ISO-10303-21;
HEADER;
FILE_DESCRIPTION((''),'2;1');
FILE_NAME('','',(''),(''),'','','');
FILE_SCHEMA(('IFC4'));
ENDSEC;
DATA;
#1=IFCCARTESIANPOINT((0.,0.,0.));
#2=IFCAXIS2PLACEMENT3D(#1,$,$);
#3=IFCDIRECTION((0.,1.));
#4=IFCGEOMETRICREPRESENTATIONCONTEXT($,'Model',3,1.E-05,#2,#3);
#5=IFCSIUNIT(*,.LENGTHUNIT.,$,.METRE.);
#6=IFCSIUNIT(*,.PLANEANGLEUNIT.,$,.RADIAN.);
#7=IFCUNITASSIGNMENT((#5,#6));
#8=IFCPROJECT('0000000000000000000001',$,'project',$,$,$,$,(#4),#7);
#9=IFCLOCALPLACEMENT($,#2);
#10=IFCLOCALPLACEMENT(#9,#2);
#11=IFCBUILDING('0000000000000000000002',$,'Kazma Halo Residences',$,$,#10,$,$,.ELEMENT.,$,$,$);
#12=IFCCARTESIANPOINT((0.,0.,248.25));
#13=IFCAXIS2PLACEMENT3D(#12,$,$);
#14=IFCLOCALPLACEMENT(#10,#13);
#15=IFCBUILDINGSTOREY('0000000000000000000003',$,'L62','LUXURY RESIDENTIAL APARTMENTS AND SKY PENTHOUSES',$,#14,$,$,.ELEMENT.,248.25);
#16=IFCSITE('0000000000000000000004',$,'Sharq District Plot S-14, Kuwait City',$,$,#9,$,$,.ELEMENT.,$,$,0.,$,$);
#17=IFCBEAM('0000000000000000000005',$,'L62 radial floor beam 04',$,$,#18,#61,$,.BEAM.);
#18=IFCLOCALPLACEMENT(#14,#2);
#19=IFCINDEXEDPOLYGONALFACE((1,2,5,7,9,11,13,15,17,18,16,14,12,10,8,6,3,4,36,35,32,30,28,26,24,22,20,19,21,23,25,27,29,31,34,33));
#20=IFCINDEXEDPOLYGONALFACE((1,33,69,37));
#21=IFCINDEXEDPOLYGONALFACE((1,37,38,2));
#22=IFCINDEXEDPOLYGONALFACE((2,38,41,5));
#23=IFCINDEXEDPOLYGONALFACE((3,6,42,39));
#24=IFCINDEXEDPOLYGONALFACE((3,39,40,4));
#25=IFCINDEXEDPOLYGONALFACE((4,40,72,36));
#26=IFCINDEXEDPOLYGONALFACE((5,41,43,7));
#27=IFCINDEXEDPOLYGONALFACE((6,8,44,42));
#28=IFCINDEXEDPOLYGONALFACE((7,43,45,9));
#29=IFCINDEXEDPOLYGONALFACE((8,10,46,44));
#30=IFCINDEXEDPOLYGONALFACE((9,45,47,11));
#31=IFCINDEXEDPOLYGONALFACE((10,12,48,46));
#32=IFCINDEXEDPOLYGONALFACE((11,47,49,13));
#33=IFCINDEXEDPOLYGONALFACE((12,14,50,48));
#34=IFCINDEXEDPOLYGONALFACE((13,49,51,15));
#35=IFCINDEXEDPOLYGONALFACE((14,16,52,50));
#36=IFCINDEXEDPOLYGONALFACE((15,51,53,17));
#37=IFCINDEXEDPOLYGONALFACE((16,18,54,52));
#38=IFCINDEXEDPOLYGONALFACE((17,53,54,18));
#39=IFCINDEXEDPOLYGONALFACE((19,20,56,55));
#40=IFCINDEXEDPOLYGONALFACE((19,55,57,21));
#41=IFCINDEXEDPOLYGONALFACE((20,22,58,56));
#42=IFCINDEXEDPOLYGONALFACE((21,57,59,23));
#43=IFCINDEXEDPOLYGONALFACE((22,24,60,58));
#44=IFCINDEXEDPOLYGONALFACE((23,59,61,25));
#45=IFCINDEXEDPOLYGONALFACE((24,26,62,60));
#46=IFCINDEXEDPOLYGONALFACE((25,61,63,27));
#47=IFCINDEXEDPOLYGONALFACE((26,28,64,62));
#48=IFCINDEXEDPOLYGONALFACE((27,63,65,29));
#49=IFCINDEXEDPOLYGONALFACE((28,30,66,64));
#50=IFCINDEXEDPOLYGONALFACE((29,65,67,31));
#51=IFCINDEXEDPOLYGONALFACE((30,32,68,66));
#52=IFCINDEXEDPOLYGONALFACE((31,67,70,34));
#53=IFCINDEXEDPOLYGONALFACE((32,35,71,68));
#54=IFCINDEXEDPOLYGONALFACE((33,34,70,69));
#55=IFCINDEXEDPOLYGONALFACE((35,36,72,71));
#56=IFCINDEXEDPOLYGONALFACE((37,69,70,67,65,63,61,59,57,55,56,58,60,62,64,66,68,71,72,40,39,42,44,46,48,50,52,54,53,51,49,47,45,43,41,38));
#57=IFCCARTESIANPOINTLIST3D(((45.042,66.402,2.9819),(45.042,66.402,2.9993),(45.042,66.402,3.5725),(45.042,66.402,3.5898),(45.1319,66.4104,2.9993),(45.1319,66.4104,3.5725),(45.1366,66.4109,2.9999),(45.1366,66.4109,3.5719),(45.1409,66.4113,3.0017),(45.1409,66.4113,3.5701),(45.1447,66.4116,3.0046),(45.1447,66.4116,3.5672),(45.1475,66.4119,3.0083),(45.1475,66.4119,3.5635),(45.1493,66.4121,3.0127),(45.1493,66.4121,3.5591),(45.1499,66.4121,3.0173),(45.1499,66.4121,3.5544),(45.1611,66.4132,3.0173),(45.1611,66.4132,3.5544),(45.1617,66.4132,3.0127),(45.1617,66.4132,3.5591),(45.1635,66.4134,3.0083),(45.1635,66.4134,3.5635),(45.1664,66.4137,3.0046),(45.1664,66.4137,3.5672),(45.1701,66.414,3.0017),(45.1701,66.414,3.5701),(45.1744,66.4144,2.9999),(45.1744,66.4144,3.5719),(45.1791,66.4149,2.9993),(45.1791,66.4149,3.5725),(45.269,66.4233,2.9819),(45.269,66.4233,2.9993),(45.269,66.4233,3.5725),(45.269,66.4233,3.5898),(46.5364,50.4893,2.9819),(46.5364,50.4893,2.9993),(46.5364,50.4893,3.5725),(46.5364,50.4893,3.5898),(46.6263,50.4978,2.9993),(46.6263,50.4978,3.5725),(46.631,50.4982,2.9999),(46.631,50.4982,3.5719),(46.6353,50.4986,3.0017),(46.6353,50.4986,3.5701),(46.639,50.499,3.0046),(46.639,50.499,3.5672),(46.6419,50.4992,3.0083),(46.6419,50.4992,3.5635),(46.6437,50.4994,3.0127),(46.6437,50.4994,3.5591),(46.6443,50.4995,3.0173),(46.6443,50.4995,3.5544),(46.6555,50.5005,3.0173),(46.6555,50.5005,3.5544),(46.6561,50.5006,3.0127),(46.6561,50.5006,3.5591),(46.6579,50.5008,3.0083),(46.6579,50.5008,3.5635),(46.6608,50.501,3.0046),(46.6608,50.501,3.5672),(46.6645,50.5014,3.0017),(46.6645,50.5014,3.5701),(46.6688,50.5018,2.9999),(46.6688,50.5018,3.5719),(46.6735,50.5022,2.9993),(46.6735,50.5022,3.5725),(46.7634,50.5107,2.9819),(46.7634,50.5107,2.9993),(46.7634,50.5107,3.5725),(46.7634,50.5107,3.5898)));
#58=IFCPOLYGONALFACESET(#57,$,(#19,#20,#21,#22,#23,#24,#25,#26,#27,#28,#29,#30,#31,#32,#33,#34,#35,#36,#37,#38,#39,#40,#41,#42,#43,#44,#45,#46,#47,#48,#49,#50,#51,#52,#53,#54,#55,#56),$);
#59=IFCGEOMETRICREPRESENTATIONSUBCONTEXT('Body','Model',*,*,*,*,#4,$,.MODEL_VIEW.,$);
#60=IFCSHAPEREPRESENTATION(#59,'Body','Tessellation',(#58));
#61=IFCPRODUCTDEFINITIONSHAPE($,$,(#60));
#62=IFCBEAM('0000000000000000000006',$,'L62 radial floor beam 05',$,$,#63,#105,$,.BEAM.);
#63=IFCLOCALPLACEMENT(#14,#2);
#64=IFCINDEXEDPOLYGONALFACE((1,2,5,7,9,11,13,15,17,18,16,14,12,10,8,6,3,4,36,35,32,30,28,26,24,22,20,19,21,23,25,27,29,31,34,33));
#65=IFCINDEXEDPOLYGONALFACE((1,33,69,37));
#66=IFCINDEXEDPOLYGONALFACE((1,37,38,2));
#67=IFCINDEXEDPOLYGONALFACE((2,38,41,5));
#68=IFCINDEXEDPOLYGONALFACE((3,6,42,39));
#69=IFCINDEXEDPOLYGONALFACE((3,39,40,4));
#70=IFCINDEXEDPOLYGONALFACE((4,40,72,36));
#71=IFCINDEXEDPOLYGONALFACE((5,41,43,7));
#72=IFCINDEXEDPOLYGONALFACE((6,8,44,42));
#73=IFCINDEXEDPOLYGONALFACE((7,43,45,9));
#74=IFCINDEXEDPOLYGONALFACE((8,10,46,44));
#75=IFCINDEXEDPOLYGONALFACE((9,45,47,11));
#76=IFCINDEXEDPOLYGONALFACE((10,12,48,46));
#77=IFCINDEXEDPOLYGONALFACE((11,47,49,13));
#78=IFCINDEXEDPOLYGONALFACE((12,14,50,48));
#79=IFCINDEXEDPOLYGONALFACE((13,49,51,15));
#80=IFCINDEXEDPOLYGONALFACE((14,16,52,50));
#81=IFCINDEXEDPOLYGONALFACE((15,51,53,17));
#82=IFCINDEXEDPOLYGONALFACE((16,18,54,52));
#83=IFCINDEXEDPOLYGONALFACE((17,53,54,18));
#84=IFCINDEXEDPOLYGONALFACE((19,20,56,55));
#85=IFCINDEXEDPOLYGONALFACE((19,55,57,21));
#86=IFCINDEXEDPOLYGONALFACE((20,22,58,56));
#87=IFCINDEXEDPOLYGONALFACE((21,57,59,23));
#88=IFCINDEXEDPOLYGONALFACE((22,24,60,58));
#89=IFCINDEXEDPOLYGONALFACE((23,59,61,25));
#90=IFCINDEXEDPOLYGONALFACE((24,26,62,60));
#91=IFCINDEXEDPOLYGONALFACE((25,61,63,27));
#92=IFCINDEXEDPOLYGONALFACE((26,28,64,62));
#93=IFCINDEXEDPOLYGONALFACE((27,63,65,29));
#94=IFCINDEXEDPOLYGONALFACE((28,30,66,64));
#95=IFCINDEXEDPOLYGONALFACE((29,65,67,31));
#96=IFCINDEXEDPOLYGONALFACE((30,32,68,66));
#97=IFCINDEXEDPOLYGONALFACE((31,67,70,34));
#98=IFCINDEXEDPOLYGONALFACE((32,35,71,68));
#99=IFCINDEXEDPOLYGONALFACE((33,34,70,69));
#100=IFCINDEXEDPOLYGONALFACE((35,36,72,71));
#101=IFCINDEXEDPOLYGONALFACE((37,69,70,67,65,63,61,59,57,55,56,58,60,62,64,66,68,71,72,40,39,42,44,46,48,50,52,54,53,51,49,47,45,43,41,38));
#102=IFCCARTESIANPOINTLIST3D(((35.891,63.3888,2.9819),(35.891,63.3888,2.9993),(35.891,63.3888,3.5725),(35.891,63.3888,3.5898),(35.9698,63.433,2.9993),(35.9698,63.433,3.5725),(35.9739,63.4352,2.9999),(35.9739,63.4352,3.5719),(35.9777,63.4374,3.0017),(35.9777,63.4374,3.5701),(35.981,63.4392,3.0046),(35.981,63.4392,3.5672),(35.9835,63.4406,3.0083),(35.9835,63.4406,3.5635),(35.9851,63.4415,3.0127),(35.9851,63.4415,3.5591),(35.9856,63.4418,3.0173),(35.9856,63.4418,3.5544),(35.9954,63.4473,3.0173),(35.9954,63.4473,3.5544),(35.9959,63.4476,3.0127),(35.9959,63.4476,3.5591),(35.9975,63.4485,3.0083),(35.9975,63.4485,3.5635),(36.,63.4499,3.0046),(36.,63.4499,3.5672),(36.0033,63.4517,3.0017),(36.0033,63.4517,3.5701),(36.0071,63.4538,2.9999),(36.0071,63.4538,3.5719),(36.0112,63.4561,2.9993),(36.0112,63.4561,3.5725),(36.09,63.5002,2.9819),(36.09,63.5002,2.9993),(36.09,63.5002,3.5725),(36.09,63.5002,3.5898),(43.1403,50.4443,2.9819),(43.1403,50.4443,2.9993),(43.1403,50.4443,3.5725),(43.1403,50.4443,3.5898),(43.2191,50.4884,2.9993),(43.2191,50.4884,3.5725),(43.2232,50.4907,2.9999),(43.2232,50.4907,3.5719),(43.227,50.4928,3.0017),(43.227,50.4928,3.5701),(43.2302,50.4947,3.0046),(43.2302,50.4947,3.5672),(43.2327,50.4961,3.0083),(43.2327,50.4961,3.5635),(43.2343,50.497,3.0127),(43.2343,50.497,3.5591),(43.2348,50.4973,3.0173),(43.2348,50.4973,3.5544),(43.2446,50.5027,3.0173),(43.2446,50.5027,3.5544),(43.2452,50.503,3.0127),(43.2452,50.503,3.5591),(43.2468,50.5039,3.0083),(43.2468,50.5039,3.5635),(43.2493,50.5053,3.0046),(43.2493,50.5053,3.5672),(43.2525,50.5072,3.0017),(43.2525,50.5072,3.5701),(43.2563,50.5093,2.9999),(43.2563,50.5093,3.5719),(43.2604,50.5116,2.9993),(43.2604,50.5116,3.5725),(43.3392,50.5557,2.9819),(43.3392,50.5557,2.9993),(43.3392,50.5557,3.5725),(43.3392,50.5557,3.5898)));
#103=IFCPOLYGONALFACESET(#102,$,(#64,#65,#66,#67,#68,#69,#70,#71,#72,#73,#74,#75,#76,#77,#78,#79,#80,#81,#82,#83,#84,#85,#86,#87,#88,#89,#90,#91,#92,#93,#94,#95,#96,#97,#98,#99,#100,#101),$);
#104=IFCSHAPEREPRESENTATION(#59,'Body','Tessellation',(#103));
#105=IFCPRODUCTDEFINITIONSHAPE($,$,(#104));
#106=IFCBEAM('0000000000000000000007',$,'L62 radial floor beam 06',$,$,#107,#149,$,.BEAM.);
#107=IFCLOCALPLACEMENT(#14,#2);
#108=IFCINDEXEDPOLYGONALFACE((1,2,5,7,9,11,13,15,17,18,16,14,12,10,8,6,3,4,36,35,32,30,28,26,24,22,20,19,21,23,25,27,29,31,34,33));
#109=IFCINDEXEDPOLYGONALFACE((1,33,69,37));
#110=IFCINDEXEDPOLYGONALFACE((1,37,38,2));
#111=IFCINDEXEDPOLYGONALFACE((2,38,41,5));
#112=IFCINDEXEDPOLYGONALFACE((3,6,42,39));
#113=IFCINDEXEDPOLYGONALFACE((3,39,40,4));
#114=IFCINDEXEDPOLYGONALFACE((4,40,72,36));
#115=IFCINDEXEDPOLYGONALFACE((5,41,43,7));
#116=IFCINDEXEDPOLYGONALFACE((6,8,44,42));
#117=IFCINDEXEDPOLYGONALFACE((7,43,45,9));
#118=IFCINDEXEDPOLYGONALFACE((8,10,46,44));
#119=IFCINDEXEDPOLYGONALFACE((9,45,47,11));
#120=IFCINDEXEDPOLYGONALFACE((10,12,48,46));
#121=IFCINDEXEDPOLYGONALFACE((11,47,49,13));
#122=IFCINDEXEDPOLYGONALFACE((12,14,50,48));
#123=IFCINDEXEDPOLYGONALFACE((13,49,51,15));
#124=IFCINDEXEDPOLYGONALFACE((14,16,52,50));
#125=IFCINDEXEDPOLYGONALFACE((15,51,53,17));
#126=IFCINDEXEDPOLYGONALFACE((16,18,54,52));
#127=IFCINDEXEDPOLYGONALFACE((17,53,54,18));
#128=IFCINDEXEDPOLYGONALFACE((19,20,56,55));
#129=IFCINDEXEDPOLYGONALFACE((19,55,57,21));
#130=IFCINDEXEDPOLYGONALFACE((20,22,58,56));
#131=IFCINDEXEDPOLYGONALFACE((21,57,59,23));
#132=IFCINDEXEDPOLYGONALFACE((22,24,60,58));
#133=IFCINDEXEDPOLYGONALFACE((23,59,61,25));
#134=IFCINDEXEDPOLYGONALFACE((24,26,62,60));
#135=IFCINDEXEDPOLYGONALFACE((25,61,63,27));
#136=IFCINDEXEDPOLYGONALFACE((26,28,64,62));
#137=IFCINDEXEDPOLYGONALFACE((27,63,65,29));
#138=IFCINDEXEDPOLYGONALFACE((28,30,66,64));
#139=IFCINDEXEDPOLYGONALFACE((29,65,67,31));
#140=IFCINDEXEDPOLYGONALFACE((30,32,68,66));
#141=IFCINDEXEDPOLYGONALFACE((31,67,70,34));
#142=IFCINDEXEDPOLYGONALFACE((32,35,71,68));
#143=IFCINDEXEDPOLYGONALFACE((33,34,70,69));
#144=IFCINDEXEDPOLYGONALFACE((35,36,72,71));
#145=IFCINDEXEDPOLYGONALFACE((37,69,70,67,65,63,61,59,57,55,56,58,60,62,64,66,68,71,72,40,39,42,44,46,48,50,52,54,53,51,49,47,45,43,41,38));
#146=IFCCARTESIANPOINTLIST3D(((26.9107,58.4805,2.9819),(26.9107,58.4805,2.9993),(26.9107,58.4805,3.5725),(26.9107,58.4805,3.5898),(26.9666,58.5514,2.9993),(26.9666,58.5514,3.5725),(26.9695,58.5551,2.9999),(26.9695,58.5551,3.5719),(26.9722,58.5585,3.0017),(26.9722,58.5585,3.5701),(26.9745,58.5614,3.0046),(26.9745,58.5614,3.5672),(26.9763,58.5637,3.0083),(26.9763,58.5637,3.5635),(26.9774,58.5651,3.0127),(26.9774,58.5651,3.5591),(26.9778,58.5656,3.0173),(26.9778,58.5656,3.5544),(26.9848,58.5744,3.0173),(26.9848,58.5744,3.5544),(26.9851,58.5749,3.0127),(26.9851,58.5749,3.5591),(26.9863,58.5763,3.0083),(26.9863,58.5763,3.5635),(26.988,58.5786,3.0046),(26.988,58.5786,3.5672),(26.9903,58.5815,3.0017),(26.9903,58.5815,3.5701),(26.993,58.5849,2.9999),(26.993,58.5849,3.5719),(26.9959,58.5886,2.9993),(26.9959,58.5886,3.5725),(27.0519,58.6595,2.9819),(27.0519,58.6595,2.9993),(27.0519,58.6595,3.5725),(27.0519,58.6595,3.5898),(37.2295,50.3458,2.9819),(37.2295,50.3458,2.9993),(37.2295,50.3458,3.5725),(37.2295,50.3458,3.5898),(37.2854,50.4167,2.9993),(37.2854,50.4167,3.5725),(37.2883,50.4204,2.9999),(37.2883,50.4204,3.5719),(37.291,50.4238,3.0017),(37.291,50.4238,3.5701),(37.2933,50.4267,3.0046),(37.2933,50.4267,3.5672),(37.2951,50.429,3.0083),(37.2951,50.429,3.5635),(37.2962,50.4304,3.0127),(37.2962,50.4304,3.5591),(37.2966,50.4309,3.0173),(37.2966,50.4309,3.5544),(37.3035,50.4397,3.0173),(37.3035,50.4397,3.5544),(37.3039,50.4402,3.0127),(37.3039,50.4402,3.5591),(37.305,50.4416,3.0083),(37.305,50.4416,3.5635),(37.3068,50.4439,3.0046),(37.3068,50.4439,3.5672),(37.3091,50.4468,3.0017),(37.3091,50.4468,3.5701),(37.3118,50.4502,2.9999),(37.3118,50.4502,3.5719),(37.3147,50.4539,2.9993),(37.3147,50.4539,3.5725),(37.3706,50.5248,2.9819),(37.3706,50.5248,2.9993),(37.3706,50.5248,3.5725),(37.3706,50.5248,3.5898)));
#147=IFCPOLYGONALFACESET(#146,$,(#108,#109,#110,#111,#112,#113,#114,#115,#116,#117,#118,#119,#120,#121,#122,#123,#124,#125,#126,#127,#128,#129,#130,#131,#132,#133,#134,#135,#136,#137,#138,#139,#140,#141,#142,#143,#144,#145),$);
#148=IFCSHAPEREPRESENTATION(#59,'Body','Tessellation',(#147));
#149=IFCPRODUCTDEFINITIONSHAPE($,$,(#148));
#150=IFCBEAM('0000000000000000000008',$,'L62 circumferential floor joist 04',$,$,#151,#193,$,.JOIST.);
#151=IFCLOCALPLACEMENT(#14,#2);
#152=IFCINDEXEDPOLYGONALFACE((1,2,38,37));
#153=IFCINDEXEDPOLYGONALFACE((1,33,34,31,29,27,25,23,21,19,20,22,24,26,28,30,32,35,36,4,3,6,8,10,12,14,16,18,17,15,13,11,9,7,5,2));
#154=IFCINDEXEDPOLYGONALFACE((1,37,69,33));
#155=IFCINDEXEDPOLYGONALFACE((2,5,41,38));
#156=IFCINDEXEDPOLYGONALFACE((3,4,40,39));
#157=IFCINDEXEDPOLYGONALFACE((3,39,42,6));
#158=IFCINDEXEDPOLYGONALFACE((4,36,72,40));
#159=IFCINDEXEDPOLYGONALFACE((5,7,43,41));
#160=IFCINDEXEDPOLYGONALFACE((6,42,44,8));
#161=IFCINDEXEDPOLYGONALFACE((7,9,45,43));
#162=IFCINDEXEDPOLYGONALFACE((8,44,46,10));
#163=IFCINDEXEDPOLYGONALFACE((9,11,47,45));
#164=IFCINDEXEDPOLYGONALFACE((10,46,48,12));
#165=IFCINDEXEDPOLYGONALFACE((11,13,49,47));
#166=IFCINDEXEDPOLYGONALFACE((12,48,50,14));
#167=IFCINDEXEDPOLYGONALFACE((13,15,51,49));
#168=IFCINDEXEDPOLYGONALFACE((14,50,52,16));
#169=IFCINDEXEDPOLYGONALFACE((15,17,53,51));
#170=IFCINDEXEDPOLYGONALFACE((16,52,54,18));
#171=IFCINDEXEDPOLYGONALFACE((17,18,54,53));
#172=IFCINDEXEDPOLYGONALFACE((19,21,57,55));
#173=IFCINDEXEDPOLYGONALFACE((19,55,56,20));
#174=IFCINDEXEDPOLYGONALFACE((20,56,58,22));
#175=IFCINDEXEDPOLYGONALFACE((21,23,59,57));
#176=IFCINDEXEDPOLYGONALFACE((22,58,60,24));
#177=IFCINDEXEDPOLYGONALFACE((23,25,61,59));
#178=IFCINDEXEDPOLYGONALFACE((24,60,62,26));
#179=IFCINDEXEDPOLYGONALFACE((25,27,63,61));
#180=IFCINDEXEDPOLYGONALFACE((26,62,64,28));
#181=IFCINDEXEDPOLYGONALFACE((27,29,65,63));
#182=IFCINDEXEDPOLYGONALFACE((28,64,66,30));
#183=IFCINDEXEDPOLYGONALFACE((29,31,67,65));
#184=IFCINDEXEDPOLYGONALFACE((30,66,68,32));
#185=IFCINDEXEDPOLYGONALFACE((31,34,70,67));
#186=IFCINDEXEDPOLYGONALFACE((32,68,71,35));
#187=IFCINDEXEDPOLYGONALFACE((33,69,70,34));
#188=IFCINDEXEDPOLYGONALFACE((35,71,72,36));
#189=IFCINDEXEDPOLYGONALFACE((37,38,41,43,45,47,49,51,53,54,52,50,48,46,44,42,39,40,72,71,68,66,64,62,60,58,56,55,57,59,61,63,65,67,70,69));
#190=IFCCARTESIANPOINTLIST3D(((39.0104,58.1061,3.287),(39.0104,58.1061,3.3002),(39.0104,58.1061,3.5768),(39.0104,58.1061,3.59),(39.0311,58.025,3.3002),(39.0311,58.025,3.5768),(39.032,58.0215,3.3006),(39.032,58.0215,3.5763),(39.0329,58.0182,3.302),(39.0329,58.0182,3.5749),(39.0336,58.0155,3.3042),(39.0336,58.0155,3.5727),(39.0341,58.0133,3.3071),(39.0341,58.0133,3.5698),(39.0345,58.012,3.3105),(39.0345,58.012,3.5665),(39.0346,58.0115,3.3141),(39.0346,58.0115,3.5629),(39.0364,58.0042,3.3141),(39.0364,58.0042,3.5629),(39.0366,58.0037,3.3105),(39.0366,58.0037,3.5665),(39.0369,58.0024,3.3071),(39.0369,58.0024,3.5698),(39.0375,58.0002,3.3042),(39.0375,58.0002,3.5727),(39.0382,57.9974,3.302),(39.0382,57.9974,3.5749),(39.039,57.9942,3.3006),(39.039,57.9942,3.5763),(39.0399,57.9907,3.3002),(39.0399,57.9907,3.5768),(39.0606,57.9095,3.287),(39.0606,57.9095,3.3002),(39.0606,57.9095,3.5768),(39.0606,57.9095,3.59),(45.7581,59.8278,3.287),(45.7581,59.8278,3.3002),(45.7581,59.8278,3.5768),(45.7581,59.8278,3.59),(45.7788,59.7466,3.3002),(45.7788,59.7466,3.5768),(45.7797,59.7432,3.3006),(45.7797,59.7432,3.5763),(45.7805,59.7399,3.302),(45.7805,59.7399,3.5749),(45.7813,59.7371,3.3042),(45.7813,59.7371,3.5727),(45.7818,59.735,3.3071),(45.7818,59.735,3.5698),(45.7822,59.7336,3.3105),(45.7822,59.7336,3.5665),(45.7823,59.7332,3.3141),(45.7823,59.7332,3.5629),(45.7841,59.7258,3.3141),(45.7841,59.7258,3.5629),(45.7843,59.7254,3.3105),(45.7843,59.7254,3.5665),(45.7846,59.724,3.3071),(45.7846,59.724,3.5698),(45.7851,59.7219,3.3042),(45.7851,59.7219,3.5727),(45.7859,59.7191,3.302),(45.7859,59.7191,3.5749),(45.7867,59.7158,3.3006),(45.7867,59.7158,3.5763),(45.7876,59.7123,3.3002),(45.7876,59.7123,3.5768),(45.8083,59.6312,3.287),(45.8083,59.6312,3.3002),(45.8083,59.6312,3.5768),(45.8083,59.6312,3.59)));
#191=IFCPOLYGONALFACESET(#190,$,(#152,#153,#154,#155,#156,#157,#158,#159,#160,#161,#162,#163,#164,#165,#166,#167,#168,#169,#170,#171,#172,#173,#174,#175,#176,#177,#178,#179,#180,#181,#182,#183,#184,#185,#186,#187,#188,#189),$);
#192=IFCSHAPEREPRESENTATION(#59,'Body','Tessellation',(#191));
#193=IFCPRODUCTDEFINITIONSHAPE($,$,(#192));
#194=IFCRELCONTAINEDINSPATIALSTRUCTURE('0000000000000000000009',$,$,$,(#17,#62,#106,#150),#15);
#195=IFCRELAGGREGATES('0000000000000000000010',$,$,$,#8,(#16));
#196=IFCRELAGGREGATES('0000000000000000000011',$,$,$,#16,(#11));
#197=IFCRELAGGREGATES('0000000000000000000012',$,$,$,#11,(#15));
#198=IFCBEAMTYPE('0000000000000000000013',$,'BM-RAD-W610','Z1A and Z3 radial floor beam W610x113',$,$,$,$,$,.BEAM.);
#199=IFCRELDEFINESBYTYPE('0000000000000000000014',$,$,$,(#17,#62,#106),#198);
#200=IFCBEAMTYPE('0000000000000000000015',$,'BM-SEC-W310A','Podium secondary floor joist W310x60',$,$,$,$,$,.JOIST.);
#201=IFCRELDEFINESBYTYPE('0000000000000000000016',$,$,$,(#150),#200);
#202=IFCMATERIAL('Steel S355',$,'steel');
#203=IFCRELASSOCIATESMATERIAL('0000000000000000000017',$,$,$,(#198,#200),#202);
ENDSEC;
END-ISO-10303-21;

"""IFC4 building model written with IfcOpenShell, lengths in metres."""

from ifc_helpers import new_model, si_unit, direction, frame, origin, origin_2d, place, context, subcontext, project, spatial, i_section, extrude, material, material_profile, profile_set, type_object, element, save


model = new_model("IFC4")

# Units and contexts
model_context = context("Model", 3, precision=1e-05, world=origin(), true_north=direction((0.0, 1.0)))
body_context = subcontext(model_context, "Body", "Model", "MODEL_VIEW")
ifc_project = project(units=[si_unit("LENGTHUNIT", "METRE"), si_unit("PLANEANGLEUNIT", "RADIAN")], contexts=[model_context])

# Site, building, storey
site_placement = place(None, origin())
site = spatial("IfcSite", under=ifc_project, at=site_placement, Name="Sharq District Plot S-14, Kuwait City", CompositionType="ELEMENT", RefElevation=0.0)
building_placement = place(site_placement, origin())
building = spatial("IfcBuilding", under=site, at=building_placement, Name="Kazma Halo Residences", CompositionType="ELEMENT")
storey_placement = place(building_placement, frame((0.0, 0.0, 248.25)))
storey = spatial("IfcBuildingStorey", under=building, at=storey_placement, Name="L62", Description="LUXURY RESIDENTIAL APARTMENTS AND SKY PENTHOUSES", CompositionType="ELEMENT", Elevation=248.25)

# Beams
ifc_material_1 = material(Name="Steel S355", Category="steel")
ifc_material_profile_1 = material_profile(ifc_material_1, i_section(OverallWidth=0.228, OverallDepth=0.6079, WebThickness=0.0112, FlangeThickness=0.0173, FilletRadius=0.0181, at=origin_2d()), Name="W610x113")
ifc_profile_set_1 = profile_set([ifc_material_profile_1], Name="Steel S355")
beam_type_1 = type_object("IfcBeamType", Name="BM-RAD-W610", Description="Z1A and Z3 radial floor beam W610x113", PredefinedType="BEAM", material=ifc_profile_set_1)
beam_1_placement = place(storey_placement, frame((46.6499, 50.5, 3.2859), z_axis=(-0.093501, 0.995619, 0.0), x_axis=(-0.995619, -0.093501, 0.0)))
element("IfcBeam", 1, at=beam_1_placement, inside=storey, type_object=beam_type_1, Name="L62 radial floor beam 04", PredefinedType="BEAM", context=body_context, shape_type="SweptSolid", body=[
    extrude(i_section(OverallWidth=0.228, OverallDepth=0.6079, WebThickness=0.0112, FlangeThickness=0.0173, FilletRadius=0.0181, at=origin_2d()), origin(), (0.0, 0.0, 1.0), 15.9827),
])
beam_2_placement = place(storey_placement, frame((43.2397, 50.5, 3.2859), z_axis=(-0.488619, 0.872497, 0.0), x_axis=(-0.872497, -0.488619, 0.0)))
element("IfcBeam", 2, at=beam_2_placement, inside=storey, type_object=beam_type_1, Name="L62 radial floor beam 05", PredefinedType="BEAM", context=body_context, shape_type="SweptSolid", body=[
    extrude(i_section(OverallWidth=0.228, OverallDepth=0.6079, WebThickness=0.0112, FlangeThickness=0.0173, FilletRadius=0.0181, at=origin_2d()), origin(), (0.0, 0.0, 1.0), 14.8362),
])
beam_3_placement = place(storey_placement, frame((37.3, 50.4353, 3.2859), z_axis=(-0.785315, 0.619096, 0.0), x_axis=(-0.619096, -0.785315, 0.0)))
element("IfcBeam", 3, at=beam_3_placement, inside=storey, type_object=beam_type_1, Name="L62 radial floor beam 06", PredefinedType="BEAM", context=body_context, shape_type="SweptSolid", body=[
    extrude(i_section(OverallWidth=0.228, OverallDepth=0.6079, WebThickness=0.0112, FlangeThickness=0.0173, FilletRadius=0.0181, at=origin_2d()), origin(), (0.0, 0.0, 1.0), 13.1396),
])
ifc_material_profile_2 = material_profile(ifc_material_1, i_section(OverallWidth=0.2029, OverallDepth=0.303, WebThickness=0.0076, FlangeThickness=0.0132, FilletRadius=0.0139, at=origin_2d()), Name="W310x60")
ifc_profile_set_2 = profile_set([ifc_material_profile_2], Name="Steel S355")
beam_type_2 = type_object("IfcBeamType", Name="BM-SEC-W310A", Description="Podium secondary floor joist W310x60", PredefinedType="JOIST", material=ifc_profile_set_2)
beam_4_placement = place(storey_placement, frame((45.7832, 59.7295, 3.4385), z_axis=(-0.968958, -0.247226, 0.0), x_axis=(0.247226, -0.968958, 0.0)))
element("IfcBeam", 4, at=beam_4_placement, inside=storey, type_object=beam_type_2, Name="L62 circumferential floor joist 04", PredefinedType="JOIST", context=body_context, shape_type="SweptSolid", body=[
    extrude(i_section(OverallWidth=0.2029, OverallDepth=0.303, WebThickness=0.0076, FlangeThickness=0.0132, FilletRadius=0.0139, at=origin_2d()), origin(), (0.0, 0.0, 1.0), 6.9639),
])

save(model, "model.ifc")
